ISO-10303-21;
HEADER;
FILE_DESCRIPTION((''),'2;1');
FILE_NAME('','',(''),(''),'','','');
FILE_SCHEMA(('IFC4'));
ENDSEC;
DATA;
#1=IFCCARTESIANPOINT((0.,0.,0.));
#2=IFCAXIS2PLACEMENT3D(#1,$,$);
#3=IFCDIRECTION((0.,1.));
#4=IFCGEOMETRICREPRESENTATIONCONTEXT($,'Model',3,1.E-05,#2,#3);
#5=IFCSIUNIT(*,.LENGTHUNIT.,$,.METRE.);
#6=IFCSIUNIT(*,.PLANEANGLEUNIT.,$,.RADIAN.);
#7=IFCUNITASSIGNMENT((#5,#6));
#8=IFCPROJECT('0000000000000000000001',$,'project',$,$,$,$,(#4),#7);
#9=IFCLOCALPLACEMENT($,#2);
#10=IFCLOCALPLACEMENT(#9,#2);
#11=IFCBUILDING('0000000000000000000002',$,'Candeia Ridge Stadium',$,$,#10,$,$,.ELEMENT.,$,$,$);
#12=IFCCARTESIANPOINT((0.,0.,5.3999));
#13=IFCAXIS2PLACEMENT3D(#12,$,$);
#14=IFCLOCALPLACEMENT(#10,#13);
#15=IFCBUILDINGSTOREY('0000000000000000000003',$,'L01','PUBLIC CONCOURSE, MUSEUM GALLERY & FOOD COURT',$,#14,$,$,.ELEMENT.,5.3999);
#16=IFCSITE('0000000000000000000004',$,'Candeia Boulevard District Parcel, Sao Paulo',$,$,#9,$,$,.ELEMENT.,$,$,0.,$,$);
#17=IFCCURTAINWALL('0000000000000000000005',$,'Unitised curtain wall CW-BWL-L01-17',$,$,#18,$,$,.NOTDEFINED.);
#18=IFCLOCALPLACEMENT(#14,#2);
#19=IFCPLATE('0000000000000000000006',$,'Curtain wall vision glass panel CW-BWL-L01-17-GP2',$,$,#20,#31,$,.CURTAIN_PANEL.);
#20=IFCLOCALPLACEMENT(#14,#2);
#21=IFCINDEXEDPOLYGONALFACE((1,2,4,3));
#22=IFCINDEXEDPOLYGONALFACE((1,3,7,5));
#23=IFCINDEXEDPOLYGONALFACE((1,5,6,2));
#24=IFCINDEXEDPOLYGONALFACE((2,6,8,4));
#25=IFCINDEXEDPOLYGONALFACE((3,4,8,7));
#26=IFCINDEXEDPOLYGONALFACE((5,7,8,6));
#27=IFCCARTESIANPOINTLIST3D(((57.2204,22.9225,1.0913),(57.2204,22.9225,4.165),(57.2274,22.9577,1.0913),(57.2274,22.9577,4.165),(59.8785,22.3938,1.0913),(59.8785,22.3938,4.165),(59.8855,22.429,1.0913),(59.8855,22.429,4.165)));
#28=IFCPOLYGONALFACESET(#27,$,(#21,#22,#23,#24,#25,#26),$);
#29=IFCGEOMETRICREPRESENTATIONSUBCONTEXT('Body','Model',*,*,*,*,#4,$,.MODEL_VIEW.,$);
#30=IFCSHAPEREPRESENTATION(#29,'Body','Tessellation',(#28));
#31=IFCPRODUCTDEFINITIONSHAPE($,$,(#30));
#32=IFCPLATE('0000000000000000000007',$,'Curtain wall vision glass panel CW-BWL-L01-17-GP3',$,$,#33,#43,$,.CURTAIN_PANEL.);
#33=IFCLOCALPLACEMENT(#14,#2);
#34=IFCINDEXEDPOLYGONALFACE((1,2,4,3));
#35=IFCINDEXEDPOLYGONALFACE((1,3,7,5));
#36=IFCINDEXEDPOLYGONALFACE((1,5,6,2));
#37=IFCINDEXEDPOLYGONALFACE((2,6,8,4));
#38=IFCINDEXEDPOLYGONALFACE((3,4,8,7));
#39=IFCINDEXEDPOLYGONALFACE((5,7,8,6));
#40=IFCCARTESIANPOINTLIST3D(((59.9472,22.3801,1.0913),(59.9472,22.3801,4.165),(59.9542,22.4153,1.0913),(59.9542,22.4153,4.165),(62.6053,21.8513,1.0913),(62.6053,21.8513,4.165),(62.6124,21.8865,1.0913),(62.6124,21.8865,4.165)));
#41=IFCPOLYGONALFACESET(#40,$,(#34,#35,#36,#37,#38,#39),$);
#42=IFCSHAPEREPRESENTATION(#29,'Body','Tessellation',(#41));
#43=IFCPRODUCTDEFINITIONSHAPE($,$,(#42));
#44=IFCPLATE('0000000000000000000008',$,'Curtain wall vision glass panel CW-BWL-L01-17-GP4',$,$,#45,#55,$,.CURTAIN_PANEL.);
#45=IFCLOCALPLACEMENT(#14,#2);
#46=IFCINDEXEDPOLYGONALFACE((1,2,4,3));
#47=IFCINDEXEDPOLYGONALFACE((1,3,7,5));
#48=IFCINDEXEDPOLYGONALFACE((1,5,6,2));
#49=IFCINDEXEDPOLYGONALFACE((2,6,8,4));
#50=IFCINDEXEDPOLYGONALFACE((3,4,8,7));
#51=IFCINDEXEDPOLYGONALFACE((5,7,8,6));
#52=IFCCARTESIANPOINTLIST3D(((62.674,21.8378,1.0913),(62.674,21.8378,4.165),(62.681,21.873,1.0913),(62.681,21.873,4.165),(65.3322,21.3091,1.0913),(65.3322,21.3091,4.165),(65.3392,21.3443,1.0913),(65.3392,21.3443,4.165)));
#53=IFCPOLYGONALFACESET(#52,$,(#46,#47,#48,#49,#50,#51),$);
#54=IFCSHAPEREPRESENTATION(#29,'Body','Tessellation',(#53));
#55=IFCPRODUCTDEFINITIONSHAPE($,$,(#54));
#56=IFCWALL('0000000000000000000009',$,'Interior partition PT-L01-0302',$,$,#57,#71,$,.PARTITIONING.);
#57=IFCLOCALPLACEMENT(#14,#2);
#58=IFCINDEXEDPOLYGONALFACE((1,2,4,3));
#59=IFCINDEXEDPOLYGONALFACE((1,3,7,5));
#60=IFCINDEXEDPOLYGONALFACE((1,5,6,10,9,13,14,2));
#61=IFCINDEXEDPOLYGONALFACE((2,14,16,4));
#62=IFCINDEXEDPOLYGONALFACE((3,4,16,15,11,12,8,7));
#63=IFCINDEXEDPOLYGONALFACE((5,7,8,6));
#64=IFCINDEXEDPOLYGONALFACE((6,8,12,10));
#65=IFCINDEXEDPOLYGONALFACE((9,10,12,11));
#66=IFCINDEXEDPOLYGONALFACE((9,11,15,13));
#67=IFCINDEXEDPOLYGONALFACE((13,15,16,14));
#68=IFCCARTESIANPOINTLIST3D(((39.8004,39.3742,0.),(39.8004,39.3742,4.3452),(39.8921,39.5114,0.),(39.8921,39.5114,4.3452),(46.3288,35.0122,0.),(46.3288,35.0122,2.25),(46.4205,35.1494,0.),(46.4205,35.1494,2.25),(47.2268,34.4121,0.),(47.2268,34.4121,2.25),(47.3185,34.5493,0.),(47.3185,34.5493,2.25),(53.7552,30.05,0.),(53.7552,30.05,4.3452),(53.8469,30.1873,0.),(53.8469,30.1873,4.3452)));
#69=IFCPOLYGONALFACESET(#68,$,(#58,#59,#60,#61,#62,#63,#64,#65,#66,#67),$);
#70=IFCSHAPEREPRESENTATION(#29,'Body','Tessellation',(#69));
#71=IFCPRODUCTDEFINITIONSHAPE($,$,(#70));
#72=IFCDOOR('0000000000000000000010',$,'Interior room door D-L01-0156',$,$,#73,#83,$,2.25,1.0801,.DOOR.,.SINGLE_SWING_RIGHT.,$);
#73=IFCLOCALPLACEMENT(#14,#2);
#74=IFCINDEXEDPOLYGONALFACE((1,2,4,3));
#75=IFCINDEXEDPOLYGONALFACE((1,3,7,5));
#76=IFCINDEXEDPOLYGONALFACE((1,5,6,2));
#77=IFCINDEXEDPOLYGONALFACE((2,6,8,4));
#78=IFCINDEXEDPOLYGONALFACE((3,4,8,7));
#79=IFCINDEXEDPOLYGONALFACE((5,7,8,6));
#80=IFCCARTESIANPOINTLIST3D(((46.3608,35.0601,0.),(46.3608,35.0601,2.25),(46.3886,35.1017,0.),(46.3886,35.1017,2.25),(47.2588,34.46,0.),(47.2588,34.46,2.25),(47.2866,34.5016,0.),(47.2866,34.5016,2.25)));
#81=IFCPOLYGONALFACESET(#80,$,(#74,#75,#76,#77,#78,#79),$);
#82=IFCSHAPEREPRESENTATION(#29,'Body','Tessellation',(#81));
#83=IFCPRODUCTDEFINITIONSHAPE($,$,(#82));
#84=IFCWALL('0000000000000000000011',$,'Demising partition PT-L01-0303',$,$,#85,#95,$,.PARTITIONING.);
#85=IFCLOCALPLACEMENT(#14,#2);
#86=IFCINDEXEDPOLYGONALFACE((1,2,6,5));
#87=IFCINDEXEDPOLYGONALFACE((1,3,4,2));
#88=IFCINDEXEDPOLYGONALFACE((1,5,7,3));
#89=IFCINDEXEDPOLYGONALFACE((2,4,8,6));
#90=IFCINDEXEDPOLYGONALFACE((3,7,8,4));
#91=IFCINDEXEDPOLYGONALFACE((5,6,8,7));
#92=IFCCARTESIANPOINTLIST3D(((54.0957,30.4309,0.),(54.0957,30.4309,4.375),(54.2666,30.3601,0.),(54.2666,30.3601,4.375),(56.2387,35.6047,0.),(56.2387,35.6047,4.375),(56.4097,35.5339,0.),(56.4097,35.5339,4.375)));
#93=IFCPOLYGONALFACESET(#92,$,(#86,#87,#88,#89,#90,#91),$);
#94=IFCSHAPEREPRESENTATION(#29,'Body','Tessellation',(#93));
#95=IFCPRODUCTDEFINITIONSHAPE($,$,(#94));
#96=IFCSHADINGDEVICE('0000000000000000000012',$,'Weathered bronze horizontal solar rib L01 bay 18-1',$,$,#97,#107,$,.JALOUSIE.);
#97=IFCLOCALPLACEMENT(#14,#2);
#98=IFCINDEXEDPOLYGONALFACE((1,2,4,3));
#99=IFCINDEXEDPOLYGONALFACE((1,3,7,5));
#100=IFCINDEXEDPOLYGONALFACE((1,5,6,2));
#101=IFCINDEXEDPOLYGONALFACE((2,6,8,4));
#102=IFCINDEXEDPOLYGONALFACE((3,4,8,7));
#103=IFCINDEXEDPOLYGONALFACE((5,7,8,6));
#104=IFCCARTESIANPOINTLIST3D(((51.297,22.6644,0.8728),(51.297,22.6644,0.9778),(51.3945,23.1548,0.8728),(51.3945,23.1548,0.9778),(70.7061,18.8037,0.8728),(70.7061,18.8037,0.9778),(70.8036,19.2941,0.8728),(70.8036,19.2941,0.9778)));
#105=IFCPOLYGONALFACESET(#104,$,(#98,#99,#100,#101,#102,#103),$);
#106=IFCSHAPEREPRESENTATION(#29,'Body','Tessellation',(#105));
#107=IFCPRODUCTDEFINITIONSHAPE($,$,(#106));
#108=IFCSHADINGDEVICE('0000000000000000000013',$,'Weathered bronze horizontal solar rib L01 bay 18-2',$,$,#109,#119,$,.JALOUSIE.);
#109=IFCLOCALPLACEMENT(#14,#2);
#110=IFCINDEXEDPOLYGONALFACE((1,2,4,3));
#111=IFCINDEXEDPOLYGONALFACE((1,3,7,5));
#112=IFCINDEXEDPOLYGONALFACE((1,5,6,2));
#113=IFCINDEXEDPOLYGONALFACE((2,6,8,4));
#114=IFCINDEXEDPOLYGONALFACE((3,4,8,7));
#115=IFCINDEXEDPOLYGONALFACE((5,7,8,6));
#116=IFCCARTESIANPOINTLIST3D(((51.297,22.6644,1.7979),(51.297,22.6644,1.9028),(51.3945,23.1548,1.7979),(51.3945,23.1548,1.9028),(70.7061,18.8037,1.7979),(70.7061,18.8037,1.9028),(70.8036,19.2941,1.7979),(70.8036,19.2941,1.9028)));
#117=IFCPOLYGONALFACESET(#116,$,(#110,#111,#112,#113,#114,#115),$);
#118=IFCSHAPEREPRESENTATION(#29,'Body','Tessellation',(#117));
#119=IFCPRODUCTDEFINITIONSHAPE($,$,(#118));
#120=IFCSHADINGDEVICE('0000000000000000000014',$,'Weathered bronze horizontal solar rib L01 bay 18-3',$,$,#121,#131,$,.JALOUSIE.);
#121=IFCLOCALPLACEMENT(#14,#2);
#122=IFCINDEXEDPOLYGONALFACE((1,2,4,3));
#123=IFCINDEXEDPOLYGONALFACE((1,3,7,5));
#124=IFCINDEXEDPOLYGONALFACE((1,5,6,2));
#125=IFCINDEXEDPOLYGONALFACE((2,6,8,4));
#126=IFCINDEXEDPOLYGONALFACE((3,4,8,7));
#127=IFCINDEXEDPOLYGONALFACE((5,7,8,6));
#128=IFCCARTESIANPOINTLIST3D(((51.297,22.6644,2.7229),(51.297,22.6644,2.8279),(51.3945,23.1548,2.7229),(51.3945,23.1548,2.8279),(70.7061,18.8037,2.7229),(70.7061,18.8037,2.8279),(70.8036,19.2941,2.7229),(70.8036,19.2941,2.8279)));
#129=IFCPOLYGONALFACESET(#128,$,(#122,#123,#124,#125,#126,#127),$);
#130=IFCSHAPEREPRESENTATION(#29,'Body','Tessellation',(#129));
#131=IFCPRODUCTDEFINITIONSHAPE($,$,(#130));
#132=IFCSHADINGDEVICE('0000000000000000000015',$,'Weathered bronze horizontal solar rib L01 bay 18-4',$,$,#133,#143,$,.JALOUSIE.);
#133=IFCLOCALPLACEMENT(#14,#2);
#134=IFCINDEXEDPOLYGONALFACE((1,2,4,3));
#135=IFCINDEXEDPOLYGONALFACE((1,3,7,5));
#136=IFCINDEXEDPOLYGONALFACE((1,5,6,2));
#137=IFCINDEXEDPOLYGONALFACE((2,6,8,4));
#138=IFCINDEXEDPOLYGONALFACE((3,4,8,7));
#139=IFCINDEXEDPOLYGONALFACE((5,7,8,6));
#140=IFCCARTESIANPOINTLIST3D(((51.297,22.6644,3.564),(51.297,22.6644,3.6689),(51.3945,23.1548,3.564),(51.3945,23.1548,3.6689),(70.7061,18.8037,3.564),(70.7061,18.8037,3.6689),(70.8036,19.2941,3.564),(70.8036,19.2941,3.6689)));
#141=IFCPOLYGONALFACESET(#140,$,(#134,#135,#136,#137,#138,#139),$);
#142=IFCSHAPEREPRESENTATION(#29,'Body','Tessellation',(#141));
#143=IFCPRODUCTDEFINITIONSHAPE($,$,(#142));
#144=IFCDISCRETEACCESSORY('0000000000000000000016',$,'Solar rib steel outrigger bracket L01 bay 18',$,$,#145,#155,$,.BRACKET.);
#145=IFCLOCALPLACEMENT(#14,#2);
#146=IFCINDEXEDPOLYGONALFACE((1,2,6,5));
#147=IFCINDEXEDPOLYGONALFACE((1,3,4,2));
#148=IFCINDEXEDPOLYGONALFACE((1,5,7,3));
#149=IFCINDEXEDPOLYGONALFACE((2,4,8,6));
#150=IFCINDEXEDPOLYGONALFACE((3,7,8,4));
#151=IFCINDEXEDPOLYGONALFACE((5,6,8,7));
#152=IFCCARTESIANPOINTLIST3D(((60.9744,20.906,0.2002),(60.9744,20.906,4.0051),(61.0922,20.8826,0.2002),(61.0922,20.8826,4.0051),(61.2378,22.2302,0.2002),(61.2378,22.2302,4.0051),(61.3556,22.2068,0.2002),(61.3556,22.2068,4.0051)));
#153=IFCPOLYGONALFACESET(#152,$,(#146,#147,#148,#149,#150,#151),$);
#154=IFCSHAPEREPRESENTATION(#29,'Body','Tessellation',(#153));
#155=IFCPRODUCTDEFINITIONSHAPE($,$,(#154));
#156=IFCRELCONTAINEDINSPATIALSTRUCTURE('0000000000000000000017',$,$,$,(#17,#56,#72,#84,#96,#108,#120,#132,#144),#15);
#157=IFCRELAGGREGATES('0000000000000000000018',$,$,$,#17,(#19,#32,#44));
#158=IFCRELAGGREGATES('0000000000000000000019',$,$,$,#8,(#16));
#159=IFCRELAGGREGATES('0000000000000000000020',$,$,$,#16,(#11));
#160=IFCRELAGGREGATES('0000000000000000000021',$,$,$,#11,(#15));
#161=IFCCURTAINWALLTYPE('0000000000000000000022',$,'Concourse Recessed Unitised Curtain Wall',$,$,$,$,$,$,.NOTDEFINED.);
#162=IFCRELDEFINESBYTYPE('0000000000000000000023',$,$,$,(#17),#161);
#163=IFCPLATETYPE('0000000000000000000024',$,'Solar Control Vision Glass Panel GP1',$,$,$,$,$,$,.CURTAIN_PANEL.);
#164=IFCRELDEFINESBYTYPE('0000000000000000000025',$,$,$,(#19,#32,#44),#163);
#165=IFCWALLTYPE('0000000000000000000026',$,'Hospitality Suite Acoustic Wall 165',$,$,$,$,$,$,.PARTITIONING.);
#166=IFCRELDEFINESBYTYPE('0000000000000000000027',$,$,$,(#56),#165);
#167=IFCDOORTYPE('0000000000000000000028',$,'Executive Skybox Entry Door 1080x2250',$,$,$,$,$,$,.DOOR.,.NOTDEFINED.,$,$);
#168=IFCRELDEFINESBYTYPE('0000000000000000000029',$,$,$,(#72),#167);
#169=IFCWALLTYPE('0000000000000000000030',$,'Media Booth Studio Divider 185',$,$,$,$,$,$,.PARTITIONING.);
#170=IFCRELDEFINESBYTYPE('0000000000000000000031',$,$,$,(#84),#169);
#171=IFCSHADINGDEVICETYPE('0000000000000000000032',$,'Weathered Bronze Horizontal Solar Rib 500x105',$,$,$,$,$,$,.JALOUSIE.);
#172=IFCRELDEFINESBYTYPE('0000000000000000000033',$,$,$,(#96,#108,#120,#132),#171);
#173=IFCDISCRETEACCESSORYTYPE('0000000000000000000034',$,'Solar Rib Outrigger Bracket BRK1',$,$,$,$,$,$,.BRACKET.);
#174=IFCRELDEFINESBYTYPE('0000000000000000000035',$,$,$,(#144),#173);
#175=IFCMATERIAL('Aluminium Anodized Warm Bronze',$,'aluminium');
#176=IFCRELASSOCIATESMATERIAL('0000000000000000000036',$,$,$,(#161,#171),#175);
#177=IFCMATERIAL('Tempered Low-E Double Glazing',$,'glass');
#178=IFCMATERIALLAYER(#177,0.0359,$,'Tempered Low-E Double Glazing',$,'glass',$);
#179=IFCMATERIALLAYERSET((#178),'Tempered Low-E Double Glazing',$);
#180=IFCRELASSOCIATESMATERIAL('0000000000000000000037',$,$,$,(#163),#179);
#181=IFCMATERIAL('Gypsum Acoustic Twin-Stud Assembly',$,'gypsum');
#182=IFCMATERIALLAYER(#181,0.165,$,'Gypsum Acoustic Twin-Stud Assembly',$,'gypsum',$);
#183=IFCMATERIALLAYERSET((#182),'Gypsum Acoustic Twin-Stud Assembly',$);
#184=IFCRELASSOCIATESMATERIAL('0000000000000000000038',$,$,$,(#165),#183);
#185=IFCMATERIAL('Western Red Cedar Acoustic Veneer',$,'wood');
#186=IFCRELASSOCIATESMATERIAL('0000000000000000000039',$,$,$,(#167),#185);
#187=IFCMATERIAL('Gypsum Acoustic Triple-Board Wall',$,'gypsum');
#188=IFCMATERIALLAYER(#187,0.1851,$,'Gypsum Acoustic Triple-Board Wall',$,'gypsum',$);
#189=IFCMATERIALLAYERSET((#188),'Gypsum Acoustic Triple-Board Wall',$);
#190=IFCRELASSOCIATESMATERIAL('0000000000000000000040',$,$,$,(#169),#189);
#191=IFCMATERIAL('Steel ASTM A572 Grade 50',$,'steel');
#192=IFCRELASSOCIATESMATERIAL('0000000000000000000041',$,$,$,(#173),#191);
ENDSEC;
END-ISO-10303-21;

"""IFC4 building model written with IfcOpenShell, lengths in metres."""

from ifc_helpers import new_model, si_unit, direction, frame, frame_2d, origin, origin_2d, place, context, subcontext, project, spatial, rectangle, extrude, material, layer, layer_set, type_object, element, fill, aggregate, save


model = new_model("IFC4")

# Units and contexts
model_context = context("Model", 3, precision=1e-05, world=origin(), true_north=direction((0.0, 1.0)))
body_context = subcontext(model_context, "Body", "Model", "MODEL_VIEW")
ifc_project = project(units=[si_unit("LENGTHUNIT", "METRE"), si_unit("PLANEANGLEUNIT", "RADIAN")], contexts=[model_context])

# Site, building, storey
site_placement = place(None, origin())
site = spatial("IfcSite", under=ifc_project, at=site_placement, Name="Candeia Boulevard District Parcel, Sao Paulo", CompositionType="ELEMENT", RefElevation=0.0)
building_placement = place(site_placement, origin())
building = spatial("IfcBuilding", under=site, at=building_placement, Name="Candeia Ridge Stadium", CompositionType="ELEMENT")
storey_placement = place(building_placement, frame((0.0, 0.0, 5.3999)))
storey = spatial("IfcBuildingStorey", under=building, at=storey_placement, Name="L01", Description="PUBLIC CONCOURSE, MUSEUM GALLERY & FOOD COURT", CompositionType="ELEMENT", Elevation=5.3999)

# Curtain wall
ifc_material_1 = material(Name="Aluminium Anodized Warm Bronze", Category="aluminium")
curtain_wall_type = type_object("IfcCurtainWallType", Name="Concourse Recessed Unitised Curtain Wall", PredefinedType="NOTDEFINED", material=ifc_material_1)
curtain_wall_placement = place(storey_placement, origin())
curtain_wall = element("IfcCurtainWall", 1, at=curtain_wall_placement, inside=storey, type_object=curtain_wall_type, Name="Unitised curtain wall CW-BWL-L01-17", PredefinedType="NOTDEFINED")

# Plates
ifc_material_2 = material(Name="Tempered Low-E Double Glazing", Category="glass")
ifc_layer_1 = layer(ifc_material_2, 0.0359, Name="Tempered Low-E Double Glazing", Category="glass")
ifc_layer_set_1 = layer_set([ifc_layer_1], Name="Tempered Low-E Double Glazing")
plate_type_1 = type_object("IfcPlateType", Name="Solar Control Vision Glass Panel GP1", PredefinedType="CURTAIN_PANEL", material=ifc_layer_set_1)
plate_1_placement = place(storey_placement, frame((58.553, 22.6758, 1.0913), z_axis=(0.0, 0.0, 1.0), x_axis=(0.980785, -0.19509, 0.0)))
plate_1 = element("IfcPlate", 2, at=plate_1_placement, type_object=plate_type_1, Name="Curtain wall vision glass panel CW-BWL-L01-17-GP2", PredefinedType="CURTAIN_PANEL", context=body_context, shape_type="SweptSolid", body=[
    extrude(rectangle(XDim=2.7102, YDim=0.0359, at=origin_2d()), origin(), (0.0, 0.0, 1.0), 3.0737),
])
plate_2_placement = place(storey_placement, frame((61.2798, 22.1333, 1.0913), z_axis=(0.0, 0.0, 1.0), x_axis=(0.980785, -0.19509, 0.0)))
plate_2 = element("IfcPlate", 3, at=plate_2_placement, type_object=plate_type_1, Name="Curtain wall vision glass panel CW-BWL-L01-17-GP3", PredefinedType="CURTAIN_PANEL", context=body_context, shape_type="SweptSolid", body=[
    extrude(rectangle(XDim=2.7102, YDim=0.0359, at=origin_2d()), origin(), (0.0, 0.0, 1.0), 3.0737),
])
plate_3_placement = place(storey_placement, frame((64.0066, 21.5911, 1.0913), z_axis=(0.0, 0.0, 1.0), x_axis=(0.980785, -0.19509, 0.0)))
plate_3 = element("IfcPlate", 4, at=plate_3_placement, type_object=plate_type_1, Name="Curtain wall vision glass panel CW-BWL-L01-17-GP4", PredefinedType="CURTAIN_PANEL", context=body_context, shape_type="SweptSolid", body=[
    extrude(rectangle(XDim=2.7102, YDim=0.0359, at=origin_2d()), origin(), (0.0, 0.0, 1.0), 3.0737),
])
aggregate(curtain_wall, [plate_1, plate_2, plate_3])

# Wall, opening, door
ifc_material_3 = material(Name="Gypsum Acoustic Twin-Stud Assembly", Category="gypsum")
ifc_layer_2 = layer(ifc_material_3, 0.165, Name="Gypsum Acoustic Twin-Stud Assembly", Category="gypsum")
ifc_layer_set_2 = layer_set([ifc_layer_2], Name="Gypsum Acoustic Twin-Stud Assembly")
wall_type_1 = type_object("IfcWallType", Name="Hospitality Suite Acoustic Wall 165", PredefinedType="PARTITIONING", material=ifc_layer_set_2)
wall_1_placement = place(storey_placement, frame((53.801, 30.1187, 0.0), z_axis=(0.0, 0.0, 1.0), x_axis=(-0.831472, 0.555566, 0.0)))
wall_1 = element("IfcWall", 5, at=wall_1_placement, inside=storey, type_object=wall_type_1, Name="Interior partition PT-L01-0302", PredefinedType="PARTITIONING", context=body_context, shape_type="SweptSolid", body=[
    extrude(rectangle(XDim=16.7832, YDim=0.165, at=frame_2d((8.3916, 0.0))), origin(), (0.0, 0.0, 1.0), 4.3452),
])
opening_placement = place(wall_1_placement, frame((7.8516, 0.0, 0.0)))
opening = element("IfcOpeningElement", 6, at=opening_placement, cuts=wall_1, PredefinedType="OPENING", context=body_context, shape_type="SweptSolid", body=[
    extrude(rectangle(XDim=1.0801, YDim=2.25, at=frame_2d((0.54, 1.125))), frame((0.0, 0.0925, 0.0), z_axis=(0.0, -1.0, 0.0), x_axis=(1.0, 0.0, 0.0)), (0.0, 0.0, 1.0), 0.1851),
])
ifc_material_4 = material(Name="Western Red Cedar Acoustic Veneer", Category="wood")
door_type = type_object("IfcDoorType", Name="Executive Skybox Entry Door 1080x2250", OperationType="NOTDEFINED", PredefinedType="DOOR", material=ifc_material_4)
door_placement = place(opening_placement, origin())
door = element("IfcDoor", 7, at=door_placement, inside=storey, type_object=door_type, Name="Interior room door D-L01-0156", OperationType="SINGLE_SWING_RIGHT", OverallHeight=2.25, OverallWidth=1.0801, PredefinedType="DOOR", context=body_context, shape_type="SweptSolid", body=[
    extrude(rectangle(XDim=1.0801, YDim=2.25, at=frame_2d((0.54, 1.125))), frame((0.0, 0.0249, 0.0), z_axis=(0.0, -1.0, 0.0), x_axis=(1.0, 0.0, 0.0)), (0.0, 0.0, 1.0), 0.05),
])
fill(opening, door)

# Wall
ifc_material_5 = material(Name="Gypsum Acoustic Triple-Board Wall", Category="gypsum")
ifc_layer_3 = layer(ifc_material_5, 0.1851, Name="Gypsum Acoustic Triple-Board Wall", Category="gypsum")
ifc_layer_set_3 = layer_set([ifc_layer_3], Name="Gypsum Acoustic Triple-Board Wall")
wall_type_2 = type_object("IfcWallType", Name="Media Booth Studio Divider 185", PredefinedType="PARTITIONING", material=ifc_layer_set_3)
wall_2_placement = place(storey_placement, frame((56.3242, 35.5693, 0.0), z_axis=(0.0, 0.0, 1.0), x_axis=(-0.382683, -0.92388, 0.0)))
element("IfcWall", 8, at=wall_2_placement, inside=storey, type_object=wall_type_2, Name="Demising partition PT-L01-0303", PredefinedType="PARTITIONING", context=body_context, shape_type="SweptSolid", body=[
    extrude(rectangle(XDim=5.6001, YDim=0.1851, at=frame_2d((2.8, 0.0))), origin(), (0.0, 0.0, 1.0), 4.375),
])

# Shading devices
shading_device_type = type_object("IfcShadingDeviceType", Name="Weathered Bronze Horizontal Solar Rib 500x105", PredefinedType="JALOUSIE", material=ifc_material_1)
for number, where, z_axis, x_axis, name in (
    (9, (61.0503, 20.9792, 0.8728), (0.0, 0.0, 1.0), (0.980785, -0.19509, 0.0), "Weathered bronze horizontal solar rib L01 bay 18-1"),
    (10, (61.0503, 20.9792, 1.7979), (0.0, 0.0, 1.0), (0.980785, -0.19509, 0.0), "Weathered bronze horizontal solar rib L01 bay 18-2"),
    (11, (61.0503, 20.9792, 2.7229), (0.0, 0.0, 1.0), (0.980785, -0.19509, 0.0), "Weathered bronze horizontal solar rib L01 bay 18-3"),
    (12, (61.0503, 20.9792, 3.564), (0.0, 0.0, 1.0), (0.980785, -0.19509, 0.0), "Weathered bronze horizontal solar rib L01 bay 18-4"),
):
    element("IfcShadingDevice", number, at=place(storey_placement, frame(where, z_axis=z_axis, x_axis=x_axis)), inside=storey, type_object=shading_device_type, Name=name, PredefinedType="JALOUSIE", context=body_context, shape_type="SweptSolid", body=[
        extrude(rectangle(XDim=19.7893, YDim=0.5, at=origin_2d()), origin(), (0.0, 0.0, 1.0), 0.105),
    ])

# Discrete accessory
ifc_material_6 = material(Name="Steel ASTM A572 Grade 50", Category="steel")
discrete_accessory_type = type_object("IfcDiscreteAccessoryType", Name="Solar Rib Outrigger Bracket BRK1", PredefinedType="BRACKET", material=ifc_material_6)
discrete_accessory_placement = place(storey_placement, frame((61.165, 21.5564, 0.2002), z_axis=(0.0, 0.0, 1.0), x_axis=(-0.19509, -0.980785, 0.0)))
element("IfcDiscreteAccessory", 13, at=discrete_accessory_placement, inside=storey, type_object=discrete_accessory_type, Name="Solar rib steel outrigger bracket L01 bay 18", PredefinedType="BRACKET", context=body_context, shape_type="SweptSolid", body=[
    extrude(rectangle(XDim=1.3501, YDim=0.1201, at=origin_2d()), origin(), (0.0, 0.0, 1.0), 3.8049),
])

save(model, "model.ifc")
